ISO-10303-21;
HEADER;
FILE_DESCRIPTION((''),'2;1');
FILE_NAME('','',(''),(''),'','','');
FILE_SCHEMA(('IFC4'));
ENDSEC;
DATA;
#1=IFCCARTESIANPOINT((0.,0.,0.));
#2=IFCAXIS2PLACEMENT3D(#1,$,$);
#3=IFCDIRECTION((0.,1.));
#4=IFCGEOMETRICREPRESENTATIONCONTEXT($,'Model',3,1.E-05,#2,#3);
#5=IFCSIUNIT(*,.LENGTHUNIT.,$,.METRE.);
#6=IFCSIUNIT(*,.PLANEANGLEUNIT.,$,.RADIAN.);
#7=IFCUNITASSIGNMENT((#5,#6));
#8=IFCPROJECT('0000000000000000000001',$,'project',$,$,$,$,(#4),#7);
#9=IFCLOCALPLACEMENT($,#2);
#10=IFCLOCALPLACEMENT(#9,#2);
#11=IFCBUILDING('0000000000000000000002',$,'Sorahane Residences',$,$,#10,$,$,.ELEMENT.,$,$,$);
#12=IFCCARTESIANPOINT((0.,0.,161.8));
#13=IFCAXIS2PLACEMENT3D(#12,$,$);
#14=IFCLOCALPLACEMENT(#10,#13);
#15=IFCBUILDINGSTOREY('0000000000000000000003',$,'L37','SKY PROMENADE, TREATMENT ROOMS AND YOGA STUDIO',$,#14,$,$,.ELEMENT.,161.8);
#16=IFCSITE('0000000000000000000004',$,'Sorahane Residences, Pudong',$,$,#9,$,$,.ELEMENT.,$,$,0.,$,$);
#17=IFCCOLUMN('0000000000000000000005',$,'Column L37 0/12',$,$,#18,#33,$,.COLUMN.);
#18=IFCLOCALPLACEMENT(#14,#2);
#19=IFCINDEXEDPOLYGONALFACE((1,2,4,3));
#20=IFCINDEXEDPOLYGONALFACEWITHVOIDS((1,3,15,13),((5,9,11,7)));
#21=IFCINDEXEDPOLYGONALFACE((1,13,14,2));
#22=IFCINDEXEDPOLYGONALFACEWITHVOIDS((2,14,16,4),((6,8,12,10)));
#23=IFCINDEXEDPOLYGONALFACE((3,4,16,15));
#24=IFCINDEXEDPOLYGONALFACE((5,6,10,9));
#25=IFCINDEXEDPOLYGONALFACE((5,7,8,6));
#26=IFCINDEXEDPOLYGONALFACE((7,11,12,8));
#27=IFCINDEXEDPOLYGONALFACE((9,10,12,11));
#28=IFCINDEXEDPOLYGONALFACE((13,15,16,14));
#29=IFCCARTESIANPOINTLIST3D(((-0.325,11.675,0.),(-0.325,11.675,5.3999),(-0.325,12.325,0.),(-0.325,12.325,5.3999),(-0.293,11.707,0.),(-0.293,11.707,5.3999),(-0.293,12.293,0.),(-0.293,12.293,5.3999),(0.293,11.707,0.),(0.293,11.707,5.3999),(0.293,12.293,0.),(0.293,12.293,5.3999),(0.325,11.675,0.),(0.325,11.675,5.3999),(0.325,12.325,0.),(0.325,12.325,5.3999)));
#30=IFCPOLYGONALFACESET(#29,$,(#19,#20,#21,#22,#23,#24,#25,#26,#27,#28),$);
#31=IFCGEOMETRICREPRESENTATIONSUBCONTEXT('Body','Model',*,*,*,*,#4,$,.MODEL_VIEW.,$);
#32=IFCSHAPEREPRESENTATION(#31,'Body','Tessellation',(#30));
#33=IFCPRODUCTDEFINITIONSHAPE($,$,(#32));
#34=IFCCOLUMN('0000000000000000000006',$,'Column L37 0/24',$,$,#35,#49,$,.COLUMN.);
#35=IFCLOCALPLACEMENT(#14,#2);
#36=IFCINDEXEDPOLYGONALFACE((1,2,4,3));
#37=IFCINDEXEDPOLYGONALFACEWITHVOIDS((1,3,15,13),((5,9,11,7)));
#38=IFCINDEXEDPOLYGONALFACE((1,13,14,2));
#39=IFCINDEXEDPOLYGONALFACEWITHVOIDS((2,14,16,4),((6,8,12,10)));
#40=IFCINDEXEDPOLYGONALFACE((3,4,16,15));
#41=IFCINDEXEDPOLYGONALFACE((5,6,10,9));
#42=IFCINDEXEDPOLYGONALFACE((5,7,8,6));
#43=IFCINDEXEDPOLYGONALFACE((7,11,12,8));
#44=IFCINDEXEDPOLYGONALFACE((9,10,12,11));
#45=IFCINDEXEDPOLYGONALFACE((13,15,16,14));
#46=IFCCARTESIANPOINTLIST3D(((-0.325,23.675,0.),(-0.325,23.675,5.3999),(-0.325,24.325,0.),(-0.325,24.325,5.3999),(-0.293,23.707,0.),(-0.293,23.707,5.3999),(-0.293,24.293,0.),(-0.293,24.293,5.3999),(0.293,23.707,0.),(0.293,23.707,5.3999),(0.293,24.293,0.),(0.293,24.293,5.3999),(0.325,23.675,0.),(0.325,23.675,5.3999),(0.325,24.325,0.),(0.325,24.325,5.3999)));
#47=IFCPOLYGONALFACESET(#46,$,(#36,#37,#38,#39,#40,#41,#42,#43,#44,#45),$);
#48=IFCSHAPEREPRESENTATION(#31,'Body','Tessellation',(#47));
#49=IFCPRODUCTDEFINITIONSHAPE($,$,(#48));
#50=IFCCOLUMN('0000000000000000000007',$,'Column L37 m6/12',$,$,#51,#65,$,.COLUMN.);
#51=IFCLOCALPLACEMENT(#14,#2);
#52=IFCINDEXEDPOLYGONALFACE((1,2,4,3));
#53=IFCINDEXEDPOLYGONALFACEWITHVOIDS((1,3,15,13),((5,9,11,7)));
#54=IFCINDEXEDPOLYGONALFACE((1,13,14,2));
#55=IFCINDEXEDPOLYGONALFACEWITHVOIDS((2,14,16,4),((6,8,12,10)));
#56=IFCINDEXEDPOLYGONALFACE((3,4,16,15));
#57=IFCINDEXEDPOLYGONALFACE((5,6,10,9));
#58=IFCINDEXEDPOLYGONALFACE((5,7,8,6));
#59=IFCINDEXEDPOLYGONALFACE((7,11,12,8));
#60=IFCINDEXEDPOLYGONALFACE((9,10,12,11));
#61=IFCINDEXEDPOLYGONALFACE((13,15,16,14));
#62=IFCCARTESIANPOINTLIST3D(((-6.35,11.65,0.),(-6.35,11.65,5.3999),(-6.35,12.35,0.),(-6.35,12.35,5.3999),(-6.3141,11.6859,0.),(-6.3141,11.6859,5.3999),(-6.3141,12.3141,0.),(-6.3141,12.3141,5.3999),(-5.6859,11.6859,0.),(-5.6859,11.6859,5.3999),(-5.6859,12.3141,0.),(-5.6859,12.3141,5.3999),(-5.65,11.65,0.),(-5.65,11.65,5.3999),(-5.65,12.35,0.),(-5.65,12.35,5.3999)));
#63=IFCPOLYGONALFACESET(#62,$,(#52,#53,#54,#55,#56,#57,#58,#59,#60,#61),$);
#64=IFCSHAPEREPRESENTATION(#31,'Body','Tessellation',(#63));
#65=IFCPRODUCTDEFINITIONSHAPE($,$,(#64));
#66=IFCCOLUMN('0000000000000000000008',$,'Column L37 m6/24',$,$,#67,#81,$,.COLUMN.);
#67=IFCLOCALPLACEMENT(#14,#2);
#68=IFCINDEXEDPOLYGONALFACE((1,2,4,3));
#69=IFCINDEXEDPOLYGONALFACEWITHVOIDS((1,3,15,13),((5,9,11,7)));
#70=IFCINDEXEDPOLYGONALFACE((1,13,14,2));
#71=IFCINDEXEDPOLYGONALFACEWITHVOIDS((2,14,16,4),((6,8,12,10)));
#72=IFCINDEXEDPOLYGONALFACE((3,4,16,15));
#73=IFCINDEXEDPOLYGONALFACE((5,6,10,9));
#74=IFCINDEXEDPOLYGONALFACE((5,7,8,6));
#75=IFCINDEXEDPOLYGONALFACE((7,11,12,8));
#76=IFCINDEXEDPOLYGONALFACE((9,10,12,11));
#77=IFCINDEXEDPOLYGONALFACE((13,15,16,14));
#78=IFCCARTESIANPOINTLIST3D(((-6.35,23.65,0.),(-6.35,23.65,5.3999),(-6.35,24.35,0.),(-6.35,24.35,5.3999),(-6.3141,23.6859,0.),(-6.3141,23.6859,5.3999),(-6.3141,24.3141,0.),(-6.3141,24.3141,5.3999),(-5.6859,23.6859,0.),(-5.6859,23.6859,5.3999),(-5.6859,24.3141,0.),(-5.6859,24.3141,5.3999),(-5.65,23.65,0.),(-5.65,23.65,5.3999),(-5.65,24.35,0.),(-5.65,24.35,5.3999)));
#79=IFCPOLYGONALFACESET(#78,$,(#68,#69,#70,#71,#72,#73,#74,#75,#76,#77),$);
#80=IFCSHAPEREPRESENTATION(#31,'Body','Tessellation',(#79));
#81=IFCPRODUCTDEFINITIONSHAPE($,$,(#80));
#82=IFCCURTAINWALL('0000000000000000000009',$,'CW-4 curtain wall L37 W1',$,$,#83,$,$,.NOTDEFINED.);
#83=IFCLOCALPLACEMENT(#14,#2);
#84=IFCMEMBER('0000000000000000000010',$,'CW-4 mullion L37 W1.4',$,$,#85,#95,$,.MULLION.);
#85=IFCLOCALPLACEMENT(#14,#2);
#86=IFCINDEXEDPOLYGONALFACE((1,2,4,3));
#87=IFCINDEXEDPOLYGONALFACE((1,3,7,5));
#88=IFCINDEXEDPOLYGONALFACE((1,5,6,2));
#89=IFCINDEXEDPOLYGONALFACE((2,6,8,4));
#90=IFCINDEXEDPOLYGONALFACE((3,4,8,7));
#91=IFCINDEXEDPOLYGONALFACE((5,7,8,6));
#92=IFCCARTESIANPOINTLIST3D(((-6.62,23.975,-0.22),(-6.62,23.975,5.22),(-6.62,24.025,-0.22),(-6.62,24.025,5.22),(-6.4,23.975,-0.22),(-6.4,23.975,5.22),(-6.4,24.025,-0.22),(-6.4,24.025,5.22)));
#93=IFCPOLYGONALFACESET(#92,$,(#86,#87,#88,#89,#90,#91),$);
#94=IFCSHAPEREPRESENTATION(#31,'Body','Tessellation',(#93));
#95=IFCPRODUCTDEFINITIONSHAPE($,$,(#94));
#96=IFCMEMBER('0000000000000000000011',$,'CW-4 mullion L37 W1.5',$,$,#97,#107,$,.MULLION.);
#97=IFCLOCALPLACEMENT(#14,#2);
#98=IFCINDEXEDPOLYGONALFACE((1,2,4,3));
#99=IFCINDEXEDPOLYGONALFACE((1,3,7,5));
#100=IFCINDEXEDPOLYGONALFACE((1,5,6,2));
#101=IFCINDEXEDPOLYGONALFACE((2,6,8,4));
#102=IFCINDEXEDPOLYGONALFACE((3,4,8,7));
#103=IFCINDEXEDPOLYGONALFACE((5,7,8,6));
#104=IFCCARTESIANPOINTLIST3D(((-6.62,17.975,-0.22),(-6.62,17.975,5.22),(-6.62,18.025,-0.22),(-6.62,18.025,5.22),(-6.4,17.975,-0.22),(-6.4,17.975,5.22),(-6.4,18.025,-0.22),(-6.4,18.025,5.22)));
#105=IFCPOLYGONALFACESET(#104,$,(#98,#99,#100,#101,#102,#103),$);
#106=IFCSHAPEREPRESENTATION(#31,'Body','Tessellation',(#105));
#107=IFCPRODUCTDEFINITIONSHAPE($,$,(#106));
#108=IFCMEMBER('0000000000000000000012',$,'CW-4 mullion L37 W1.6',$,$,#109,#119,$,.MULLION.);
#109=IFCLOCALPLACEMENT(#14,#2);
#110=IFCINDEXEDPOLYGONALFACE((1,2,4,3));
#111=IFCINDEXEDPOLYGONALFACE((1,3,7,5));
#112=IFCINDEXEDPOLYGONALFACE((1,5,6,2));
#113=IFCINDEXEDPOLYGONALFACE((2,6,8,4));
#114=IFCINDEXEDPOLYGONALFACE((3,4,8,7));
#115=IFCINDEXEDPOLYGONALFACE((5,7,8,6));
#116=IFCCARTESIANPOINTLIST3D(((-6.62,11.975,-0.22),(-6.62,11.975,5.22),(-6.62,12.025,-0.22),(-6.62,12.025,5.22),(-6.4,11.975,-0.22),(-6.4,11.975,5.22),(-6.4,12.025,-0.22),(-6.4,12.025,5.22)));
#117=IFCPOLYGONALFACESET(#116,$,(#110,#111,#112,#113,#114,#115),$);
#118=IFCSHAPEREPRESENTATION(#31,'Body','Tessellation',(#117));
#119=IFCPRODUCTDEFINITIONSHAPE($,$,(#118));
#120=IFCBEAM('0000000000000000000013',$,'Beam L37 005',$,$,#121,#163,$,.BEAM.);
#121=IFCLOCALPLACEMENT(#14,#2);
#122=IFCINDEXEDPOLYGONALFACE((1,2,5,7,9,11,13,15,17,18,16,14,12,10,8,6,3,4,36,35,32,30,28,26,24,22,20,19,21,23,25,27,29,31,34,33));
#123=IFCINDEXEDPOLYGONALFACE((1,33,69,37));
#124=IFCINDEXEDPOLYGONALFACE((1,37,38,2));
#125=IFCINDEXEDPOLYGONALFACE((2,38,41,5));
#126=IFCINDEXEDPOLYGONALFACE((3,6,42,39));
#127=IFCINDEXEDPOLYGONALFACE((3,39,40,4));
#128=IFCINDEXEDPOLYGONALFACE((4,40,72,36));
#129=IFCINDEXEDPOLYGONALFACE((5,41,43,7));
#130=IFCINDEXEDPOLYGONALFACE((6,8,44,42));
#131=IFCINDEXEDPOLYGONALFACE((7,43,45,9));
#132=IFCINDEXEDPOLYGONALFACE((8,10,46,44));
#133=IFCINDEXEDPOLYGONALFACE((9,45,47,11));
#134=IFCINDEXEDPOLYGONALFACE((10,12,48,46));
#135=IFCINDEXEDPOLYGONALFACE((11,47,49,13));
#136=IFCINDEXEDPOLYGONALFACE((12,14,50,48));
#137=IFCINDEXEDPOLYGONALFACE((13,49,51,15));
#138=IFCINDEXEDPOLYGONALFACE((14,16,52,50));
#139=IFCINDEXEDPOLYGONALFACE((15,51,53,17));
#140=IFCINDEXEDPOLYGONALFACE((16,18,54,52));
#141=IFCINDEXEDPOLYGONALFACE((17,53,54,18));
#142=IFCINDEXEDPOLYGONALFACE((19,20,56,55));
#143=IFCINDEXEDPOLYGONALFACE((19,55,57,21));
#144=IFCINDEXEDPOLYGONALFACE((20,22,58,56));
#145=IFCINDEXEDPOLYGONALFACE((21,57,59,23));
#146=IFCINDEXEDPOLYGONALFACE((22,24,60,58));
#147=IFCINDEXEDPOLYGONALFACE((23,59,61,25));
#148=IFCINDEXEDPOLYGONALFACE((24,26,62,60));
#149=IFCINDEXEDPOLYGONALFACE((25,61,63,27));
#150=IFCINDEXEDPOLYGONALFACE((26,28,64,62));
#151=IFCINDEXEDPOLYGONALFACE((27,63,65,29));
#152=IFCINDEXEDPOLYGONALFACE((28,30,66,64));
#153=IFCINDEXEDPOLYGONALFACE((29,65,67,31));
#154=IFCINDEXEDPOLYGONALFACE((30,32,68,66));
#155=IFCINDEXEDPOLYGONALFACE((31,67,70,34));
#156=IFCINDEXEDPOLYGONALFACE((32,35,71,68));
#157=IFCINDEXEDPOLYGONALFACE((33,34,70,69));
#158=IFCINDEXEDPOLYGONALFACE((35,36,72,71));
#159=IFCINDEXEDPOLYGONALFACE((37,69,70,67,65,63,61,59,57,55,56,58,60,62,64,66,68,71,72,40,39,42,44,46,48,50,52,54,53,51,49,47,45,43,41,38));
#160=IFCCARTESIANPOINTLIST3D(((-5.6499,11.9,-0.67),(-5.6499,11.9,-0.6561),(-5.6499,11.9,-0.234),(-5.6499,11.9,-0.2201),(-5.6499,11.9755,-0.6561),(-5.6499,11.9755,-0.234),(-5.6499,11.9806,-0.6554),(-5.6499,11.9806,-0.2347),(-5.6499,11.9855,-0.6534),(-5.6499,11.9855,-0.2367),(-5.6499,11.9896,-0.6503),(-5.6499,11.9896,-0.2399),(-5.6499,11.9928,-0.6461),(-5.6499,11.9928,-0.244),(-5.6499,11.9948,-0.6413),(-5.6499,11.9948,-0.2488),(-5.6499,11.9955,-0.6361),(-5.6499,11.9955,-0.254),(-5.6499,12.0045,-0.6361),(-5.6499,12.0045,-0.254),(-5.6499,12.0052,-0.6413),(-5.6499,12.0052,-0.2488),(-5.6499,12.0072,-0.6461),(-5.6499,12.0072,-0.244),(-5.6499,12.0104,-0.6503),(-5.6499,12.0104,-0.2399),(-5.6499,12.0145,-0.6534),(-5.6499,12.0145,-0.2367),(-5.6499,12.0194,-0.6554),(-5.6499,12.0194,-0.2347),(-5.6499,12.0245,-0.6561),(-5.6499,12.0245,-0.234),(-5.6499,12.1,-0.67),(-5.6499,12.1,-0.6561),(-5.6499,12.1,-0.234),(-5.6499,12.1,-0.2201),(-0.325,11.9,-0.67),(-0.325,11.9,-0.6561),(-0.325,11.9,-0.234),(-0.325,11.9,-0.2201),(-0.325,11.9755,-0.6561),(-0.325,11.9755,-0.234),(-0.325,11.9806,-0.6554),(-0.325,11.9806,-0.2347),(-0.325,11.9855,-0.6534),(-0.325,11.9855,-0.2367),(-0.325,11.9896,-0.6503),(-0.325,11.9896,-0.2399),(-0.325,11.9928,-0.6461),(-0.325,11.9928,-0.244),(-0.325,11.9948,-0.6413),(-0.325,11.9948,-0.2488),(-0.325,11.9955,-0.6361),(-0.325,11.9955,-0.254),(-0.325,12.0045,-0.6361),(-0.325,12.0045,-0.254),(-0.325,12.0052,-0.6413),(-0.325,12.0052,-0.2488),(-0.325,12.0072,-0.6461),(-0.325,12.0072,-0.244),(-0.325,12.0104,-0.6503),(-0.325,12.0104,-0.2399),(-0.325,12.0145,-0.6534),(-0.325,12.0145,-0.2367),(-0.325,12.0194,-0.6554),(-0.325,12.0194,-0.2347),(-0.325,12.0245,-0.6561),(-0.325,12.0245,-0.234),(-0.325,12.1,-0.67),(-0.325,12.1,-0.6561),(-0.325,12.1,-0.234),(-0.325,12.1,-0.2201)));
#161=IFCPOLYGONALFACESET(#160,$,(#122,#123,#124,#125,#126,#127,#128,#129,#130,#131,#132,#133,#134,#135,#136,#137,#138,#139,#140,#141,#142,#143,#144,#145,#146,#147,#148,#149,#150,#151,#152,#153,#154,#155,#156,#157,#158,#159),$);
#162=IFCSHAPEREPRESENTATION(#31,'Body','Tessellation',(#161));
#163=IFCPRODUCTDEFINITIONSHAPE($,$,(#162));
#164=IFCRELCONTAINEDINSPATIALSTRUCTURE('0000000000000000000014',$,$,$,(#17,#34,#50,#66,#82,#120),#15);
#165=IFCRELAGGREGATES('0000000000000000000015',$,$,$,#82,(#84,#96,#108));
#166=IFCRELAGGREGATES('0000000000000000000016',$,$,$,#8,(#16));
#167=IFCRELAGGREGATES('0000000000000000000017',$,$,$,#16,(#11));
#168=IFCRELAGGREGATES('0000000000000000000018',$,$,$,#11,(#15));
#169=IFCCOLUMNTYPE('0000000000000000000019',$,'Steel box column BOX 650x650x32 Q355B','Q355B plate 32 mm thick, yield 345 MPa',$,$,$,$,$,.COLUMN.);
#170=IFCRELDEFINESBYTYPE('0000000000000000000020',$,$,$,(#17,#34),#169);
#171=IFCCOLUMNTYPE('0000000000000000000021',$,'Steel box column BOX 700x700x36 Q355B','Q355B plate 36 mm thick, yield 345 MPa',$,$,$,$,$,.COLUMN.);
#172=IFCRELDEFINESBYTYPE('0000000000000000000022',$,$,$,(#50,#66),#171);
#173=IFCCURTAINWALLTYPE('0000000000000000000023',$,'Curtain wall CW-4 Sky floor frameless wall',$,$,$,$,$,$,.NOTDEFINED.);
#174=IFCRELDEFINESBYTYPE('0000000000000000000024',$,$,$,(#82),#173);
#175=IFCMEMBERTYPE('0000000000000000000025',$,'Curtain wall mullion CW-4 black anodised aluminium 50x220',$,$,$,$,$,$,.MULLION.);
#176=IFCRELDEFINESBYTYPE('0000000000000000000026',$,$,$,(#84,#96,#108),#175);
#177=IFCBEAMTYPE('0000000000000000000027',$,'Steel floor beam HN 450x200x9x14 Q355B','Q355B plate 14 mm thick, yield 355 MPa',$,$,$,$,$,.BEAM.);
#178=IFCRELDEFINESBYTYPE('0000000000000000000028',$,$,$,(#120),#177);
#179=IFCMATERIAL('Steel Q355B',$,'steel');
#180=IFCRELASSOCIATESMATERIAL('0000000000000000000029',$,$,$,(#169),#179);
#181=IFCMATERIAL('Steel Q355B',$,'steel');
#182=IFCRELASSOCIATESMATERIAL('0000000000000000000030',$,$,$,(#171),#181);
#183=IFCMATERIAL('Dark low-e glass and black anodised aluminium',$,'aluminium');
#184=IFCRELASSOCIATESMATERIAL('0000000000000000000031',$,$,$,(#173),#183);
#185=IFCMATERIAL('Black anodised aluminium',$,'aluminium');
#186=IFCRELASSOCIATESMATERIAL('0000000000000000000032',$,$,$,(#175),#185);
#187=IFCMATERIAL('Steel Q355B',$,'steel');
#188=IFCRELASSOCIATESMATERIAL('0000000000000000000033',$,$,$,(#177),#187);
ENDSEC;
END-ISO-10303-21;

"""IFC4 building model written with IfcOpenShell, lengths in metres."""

from ifc_helpers import new_model, si_unit, direction, frame, origin, origin_2d, place, context, subcontext, project, spatial, rectangle, hollow_rectangle, i_section, extrude, material, material_profile, profile_set, type_object, element, aggregate, save


model = new_model("IFC4")

# Units and contexts
model_context = context("Model", 3, precision=1e-05, world=origin(), true_north=direction((0.0, 1.0)))
body_context = subcontext(model_context, "Body", "Model", "MODEL_VIEW")
ifc_project = project(units=[si_unit("LENGTHUNIT", "METRE"), si_unit("PLANEANGLEUNIT", "RADIAN")], contexts=[model_context])

# Site, building, storey
site_placement = place(None, origin())
site = spatial("IfcSite", under=ifc_project, at=site_placement, Name="Sorahane Residences, Pudong", CompositionType="ELEMENT", RefElevation=0.0)
building_placement = place(site_placement, origin())
building = spatial("IfcBuilding", under=site, at=building_placement, Name="Sorahane Residences", CompositionType="ELEMENT")
storey_placement = place(building_placement, frame((0.0, 0.0, 161.8)))
storey = spatial("IfcBuildingStorey", under=building, at=storey_placement, Name="L37", Description="SKY PROMENADE, TREATMENT ROOMS AND YOGA STUDIO", CompositionType="ELEMENT", Elevation=161.8)

# Columns
ifc_material_1 = material(Name="Steel Q355B", Category="steel")
ifc_material_profile_1 = material_profile(ifc_material_1, hollow_rectangle(XDim=0.6499, YDim=0.6499, WallThickness=0.032, at=origin_2d()), Name="BOX 650x650x32")
ifc_profile_set_1 = profile_set([ifc_material_profile_1], Name="Steel Q355B")
column_type_1 = type_object("IfcColumnType", Name="Steel box column BOX 650x650x32 Q355B", Description="Q355B plate 32 mm thick, yield 345 MPa", PredefinedType="COLUMN", material=ifc_profile_set_1)
for number, where, z_axis, x_axis, name in (
    (1, (0.0, 12.0, 0.0), (0.0, 0.0, 1.0), (1.0, 0.0, 0.0), "Column L37 0/12"),
    (2, (0.0, 24.0, 0.0), (0.0, 0.0, 1.0), (1.0, 0.0, 0.0), "Column L37 0/24"),
):
    element("IfcColumn", number, at=place(storey_placement, frame(where, z_axis=z_axis, x_axis=x_axis)), inside=storey, type_object=column_type_1, Name=name, PredefinedType="COLUMN", context=body_context, shape_type="SweptSolid", body=[
        extrude(hollow_rectangle(XDim=0.6499, YDim=0.6499, WallThickness=0.032, at=origin_2d()), origin(), (0.0, 0.0, 1.0), 5.3999),
    ])
ifc_material_2 = material(Name="Steel Q355B", Category="steel")
ifc_material_profile_2 = material_profile(ifc_material_2, hollow_rectangle(XDim=0.7, YDim=0.7, WallThickness=0.0359, at=origin_2d()), Name="BOX 700x700x36")
ifc_profile_set_2 = profile_set([ifc_material_profile_2], Name="Steel Q355B")
column_type_2 = type_object("IfcColumnType", Name="Steel box column BOX 700x700x36 Q355B", Description="Q355B plate 36 mm thick, yield 345 MPa", PredefinedType="COLUMN", material=ifc_profile_set_2)
for number, where, z_axis, x_axis, name in (
    (3, (-6.0, 12.0, 0.0), (0.0, 0.0, 1.0), (1.0, 0.0, 0.0), "Column L37 m6/12"),
    (4, (-6.0, 24.0, 0.0), (0.0, 0.0, 1.0), (1.0, 0.0, 0.0), "Column L37 m6/24"),
):
    element("IfcColumn", number, at=place(storey_placement, frame(where, z_axis=z_axis, x_axis=x_axis)), inside=storey, type_object=column_type_2, Name=name, PredefinedType="COLUMN", context=body_context, shape_type="SweptSolid", body=[
        extrude(hollow_rectangle(XDim=0.7, YDim=0.7, WallThickness=0.0359, at=origin_2d()), origin(), (0.0, 0.0, 1.0), 5.3999),
    ])

# Curtain wall, members
ifc_material_3 = material(Name="Dark low-e glass and black anodised aluminium", Category="aluminium")
curtain_wall_type = type_object("IfcCurtainWallType", Name="Curtain wall CW-4 Sky floor frameless wall", PredefinedType="NOTDEFINED", material=ifc_material_3)
curtain_wall_placement = place(storey_placement, origin())
curtain_wall = element("IfcCurtainWall", 5, at=curtain_wall_placement, inside=storey, type_object=curtain_wall_type, Name="CW-4 curtain wall L37 W1", PredefinedType="NOTDEFINED")
ifc_material_4 = material(Name="Black anodised aluminium", Category="aluminium")
ifc_material_profile_3 = material_profile(ifc_material_4, rectangle(XDim=0.22, YDim=0.05, at=origin_2d()), Name="Curtain wall mullion CW-4 black anodised aluminium 50x220")
ifc_profile_set_3 = profile_set([ifc_material_profile_3], Name="Black anodised aluminium")
member_type = type_object("IfcMemberType", Name="Curtain wall mullion CW-4 black anodised aluminium 50x220", PredefinedType="MULLION", material=ifc_profile_set_3)
member_1_placement = place(storey_placement, frame((-6.51, 24.0, -0.22), z_axis=(0.0, 0.0, 1.0), x_axis=(-1.0, 0.0, 0.0)))
member_1 = element("IfcMember", 6, at=member_1_placement, type_object=member_type, Name="CW-4 mullion L37 W1.4", PredefinedType="MULLION", context=body_context, shape_type="SweptSolid", body=[
    extrude(rectangle(XDim=0.22, YDim=0.05, at=origin_2d()), origin(), (0.0, 0.0, 1.0), 5.4399),
])
member_2_placement = place(storey_placement, frame((-6.51, 18.0, -0.22), z_axis=(0.0, 0.0, 1.0), x_axis=(-1.0, 0.0, 0.0)))
member_2 = element("IfcMember", 7, at=member_2_placement, type_object=member_type, Name="CW-4 mullion L37 W1.5", PredefinedType="MULLION", context=body_context, shape_type="SweptSolid", body=[
    extrude(rectangle(XDim=0.22, YDim=0.05, at=origin_2d()), origin(), (0.0, 0.0, 1.0), 5.4399),
])
member_3_placement = place(storey_placement, frame((-6.51, 12.0, -0.22), z_axis=(0.0, 0.0, 1.0), x_axis=(-1.0, 0.0, 0.0)))
member_3 = element("IfcMember", 8, at=member_3_placement, type_object=member_type, Name="CW-4 mullion L37 W1.6", PredefinedType="MULLION", context=body_context, shape_type="SweptSolid", body=[
    extrude(rectangle(XDim=0.22, YDim=0.05, at=origin_2d()), origin(), (0.0, 0.0, 1.0), 5.4399),
])

# Beam
ifc_material_5 = material(Name="Steel Q355B", Category="steel")
ifc_material_profile_4 = material_profile(ifc_material_5, i_section(OverallWidth=0.2, OverallDepth=0.45, WebThickness=0.009, FlangeThickness=0.0139, FilletRadius=0.02, at=origin_2d()), Name="HN 450x200x9x14")
ifc_profile_set_4 = profile_set([ifc_material_profile_4], Name="Steel Q355B")
beam_type_1 = type_object("IfcBeamType", Name="Steel floor beam HN 450x200x9x14 Q355B", Description="Q355B plate 14 mm thick, yield 355 MPa", PredefinedType="BEAM", material=ifc_profile_set_4)
for number, where, z_axis, x_axis, name in (
    (9, (-5.6499, 12.0, -0.4451), (1.0, 0.0, 0.0), (0.0, 1.0, 0.0), "Beam L37 005"),
):
    element("IfcBeam", number, at=place(storey_placement, frame(where, z_axis=z_axis, x_axis=x_axis)), inside=storey, type_object=beam_type_1, Name=name, PredefinedType="BEAM", context=body_context, shape_type="SweptSolid", body=[
        extrude(i_section(OverallWidth=0.2, OverallDepth=0.45, WebThickness=0.009, FlangeThickness=0.0139, FilletRadius=0.02, at=origin_2d()), origin(), (0.0, 0.0, 1.0), 5.325),
    ])

aggregate(curtain_wall, [member_1, member_2, member_3])

save(model, "model.ifc")
